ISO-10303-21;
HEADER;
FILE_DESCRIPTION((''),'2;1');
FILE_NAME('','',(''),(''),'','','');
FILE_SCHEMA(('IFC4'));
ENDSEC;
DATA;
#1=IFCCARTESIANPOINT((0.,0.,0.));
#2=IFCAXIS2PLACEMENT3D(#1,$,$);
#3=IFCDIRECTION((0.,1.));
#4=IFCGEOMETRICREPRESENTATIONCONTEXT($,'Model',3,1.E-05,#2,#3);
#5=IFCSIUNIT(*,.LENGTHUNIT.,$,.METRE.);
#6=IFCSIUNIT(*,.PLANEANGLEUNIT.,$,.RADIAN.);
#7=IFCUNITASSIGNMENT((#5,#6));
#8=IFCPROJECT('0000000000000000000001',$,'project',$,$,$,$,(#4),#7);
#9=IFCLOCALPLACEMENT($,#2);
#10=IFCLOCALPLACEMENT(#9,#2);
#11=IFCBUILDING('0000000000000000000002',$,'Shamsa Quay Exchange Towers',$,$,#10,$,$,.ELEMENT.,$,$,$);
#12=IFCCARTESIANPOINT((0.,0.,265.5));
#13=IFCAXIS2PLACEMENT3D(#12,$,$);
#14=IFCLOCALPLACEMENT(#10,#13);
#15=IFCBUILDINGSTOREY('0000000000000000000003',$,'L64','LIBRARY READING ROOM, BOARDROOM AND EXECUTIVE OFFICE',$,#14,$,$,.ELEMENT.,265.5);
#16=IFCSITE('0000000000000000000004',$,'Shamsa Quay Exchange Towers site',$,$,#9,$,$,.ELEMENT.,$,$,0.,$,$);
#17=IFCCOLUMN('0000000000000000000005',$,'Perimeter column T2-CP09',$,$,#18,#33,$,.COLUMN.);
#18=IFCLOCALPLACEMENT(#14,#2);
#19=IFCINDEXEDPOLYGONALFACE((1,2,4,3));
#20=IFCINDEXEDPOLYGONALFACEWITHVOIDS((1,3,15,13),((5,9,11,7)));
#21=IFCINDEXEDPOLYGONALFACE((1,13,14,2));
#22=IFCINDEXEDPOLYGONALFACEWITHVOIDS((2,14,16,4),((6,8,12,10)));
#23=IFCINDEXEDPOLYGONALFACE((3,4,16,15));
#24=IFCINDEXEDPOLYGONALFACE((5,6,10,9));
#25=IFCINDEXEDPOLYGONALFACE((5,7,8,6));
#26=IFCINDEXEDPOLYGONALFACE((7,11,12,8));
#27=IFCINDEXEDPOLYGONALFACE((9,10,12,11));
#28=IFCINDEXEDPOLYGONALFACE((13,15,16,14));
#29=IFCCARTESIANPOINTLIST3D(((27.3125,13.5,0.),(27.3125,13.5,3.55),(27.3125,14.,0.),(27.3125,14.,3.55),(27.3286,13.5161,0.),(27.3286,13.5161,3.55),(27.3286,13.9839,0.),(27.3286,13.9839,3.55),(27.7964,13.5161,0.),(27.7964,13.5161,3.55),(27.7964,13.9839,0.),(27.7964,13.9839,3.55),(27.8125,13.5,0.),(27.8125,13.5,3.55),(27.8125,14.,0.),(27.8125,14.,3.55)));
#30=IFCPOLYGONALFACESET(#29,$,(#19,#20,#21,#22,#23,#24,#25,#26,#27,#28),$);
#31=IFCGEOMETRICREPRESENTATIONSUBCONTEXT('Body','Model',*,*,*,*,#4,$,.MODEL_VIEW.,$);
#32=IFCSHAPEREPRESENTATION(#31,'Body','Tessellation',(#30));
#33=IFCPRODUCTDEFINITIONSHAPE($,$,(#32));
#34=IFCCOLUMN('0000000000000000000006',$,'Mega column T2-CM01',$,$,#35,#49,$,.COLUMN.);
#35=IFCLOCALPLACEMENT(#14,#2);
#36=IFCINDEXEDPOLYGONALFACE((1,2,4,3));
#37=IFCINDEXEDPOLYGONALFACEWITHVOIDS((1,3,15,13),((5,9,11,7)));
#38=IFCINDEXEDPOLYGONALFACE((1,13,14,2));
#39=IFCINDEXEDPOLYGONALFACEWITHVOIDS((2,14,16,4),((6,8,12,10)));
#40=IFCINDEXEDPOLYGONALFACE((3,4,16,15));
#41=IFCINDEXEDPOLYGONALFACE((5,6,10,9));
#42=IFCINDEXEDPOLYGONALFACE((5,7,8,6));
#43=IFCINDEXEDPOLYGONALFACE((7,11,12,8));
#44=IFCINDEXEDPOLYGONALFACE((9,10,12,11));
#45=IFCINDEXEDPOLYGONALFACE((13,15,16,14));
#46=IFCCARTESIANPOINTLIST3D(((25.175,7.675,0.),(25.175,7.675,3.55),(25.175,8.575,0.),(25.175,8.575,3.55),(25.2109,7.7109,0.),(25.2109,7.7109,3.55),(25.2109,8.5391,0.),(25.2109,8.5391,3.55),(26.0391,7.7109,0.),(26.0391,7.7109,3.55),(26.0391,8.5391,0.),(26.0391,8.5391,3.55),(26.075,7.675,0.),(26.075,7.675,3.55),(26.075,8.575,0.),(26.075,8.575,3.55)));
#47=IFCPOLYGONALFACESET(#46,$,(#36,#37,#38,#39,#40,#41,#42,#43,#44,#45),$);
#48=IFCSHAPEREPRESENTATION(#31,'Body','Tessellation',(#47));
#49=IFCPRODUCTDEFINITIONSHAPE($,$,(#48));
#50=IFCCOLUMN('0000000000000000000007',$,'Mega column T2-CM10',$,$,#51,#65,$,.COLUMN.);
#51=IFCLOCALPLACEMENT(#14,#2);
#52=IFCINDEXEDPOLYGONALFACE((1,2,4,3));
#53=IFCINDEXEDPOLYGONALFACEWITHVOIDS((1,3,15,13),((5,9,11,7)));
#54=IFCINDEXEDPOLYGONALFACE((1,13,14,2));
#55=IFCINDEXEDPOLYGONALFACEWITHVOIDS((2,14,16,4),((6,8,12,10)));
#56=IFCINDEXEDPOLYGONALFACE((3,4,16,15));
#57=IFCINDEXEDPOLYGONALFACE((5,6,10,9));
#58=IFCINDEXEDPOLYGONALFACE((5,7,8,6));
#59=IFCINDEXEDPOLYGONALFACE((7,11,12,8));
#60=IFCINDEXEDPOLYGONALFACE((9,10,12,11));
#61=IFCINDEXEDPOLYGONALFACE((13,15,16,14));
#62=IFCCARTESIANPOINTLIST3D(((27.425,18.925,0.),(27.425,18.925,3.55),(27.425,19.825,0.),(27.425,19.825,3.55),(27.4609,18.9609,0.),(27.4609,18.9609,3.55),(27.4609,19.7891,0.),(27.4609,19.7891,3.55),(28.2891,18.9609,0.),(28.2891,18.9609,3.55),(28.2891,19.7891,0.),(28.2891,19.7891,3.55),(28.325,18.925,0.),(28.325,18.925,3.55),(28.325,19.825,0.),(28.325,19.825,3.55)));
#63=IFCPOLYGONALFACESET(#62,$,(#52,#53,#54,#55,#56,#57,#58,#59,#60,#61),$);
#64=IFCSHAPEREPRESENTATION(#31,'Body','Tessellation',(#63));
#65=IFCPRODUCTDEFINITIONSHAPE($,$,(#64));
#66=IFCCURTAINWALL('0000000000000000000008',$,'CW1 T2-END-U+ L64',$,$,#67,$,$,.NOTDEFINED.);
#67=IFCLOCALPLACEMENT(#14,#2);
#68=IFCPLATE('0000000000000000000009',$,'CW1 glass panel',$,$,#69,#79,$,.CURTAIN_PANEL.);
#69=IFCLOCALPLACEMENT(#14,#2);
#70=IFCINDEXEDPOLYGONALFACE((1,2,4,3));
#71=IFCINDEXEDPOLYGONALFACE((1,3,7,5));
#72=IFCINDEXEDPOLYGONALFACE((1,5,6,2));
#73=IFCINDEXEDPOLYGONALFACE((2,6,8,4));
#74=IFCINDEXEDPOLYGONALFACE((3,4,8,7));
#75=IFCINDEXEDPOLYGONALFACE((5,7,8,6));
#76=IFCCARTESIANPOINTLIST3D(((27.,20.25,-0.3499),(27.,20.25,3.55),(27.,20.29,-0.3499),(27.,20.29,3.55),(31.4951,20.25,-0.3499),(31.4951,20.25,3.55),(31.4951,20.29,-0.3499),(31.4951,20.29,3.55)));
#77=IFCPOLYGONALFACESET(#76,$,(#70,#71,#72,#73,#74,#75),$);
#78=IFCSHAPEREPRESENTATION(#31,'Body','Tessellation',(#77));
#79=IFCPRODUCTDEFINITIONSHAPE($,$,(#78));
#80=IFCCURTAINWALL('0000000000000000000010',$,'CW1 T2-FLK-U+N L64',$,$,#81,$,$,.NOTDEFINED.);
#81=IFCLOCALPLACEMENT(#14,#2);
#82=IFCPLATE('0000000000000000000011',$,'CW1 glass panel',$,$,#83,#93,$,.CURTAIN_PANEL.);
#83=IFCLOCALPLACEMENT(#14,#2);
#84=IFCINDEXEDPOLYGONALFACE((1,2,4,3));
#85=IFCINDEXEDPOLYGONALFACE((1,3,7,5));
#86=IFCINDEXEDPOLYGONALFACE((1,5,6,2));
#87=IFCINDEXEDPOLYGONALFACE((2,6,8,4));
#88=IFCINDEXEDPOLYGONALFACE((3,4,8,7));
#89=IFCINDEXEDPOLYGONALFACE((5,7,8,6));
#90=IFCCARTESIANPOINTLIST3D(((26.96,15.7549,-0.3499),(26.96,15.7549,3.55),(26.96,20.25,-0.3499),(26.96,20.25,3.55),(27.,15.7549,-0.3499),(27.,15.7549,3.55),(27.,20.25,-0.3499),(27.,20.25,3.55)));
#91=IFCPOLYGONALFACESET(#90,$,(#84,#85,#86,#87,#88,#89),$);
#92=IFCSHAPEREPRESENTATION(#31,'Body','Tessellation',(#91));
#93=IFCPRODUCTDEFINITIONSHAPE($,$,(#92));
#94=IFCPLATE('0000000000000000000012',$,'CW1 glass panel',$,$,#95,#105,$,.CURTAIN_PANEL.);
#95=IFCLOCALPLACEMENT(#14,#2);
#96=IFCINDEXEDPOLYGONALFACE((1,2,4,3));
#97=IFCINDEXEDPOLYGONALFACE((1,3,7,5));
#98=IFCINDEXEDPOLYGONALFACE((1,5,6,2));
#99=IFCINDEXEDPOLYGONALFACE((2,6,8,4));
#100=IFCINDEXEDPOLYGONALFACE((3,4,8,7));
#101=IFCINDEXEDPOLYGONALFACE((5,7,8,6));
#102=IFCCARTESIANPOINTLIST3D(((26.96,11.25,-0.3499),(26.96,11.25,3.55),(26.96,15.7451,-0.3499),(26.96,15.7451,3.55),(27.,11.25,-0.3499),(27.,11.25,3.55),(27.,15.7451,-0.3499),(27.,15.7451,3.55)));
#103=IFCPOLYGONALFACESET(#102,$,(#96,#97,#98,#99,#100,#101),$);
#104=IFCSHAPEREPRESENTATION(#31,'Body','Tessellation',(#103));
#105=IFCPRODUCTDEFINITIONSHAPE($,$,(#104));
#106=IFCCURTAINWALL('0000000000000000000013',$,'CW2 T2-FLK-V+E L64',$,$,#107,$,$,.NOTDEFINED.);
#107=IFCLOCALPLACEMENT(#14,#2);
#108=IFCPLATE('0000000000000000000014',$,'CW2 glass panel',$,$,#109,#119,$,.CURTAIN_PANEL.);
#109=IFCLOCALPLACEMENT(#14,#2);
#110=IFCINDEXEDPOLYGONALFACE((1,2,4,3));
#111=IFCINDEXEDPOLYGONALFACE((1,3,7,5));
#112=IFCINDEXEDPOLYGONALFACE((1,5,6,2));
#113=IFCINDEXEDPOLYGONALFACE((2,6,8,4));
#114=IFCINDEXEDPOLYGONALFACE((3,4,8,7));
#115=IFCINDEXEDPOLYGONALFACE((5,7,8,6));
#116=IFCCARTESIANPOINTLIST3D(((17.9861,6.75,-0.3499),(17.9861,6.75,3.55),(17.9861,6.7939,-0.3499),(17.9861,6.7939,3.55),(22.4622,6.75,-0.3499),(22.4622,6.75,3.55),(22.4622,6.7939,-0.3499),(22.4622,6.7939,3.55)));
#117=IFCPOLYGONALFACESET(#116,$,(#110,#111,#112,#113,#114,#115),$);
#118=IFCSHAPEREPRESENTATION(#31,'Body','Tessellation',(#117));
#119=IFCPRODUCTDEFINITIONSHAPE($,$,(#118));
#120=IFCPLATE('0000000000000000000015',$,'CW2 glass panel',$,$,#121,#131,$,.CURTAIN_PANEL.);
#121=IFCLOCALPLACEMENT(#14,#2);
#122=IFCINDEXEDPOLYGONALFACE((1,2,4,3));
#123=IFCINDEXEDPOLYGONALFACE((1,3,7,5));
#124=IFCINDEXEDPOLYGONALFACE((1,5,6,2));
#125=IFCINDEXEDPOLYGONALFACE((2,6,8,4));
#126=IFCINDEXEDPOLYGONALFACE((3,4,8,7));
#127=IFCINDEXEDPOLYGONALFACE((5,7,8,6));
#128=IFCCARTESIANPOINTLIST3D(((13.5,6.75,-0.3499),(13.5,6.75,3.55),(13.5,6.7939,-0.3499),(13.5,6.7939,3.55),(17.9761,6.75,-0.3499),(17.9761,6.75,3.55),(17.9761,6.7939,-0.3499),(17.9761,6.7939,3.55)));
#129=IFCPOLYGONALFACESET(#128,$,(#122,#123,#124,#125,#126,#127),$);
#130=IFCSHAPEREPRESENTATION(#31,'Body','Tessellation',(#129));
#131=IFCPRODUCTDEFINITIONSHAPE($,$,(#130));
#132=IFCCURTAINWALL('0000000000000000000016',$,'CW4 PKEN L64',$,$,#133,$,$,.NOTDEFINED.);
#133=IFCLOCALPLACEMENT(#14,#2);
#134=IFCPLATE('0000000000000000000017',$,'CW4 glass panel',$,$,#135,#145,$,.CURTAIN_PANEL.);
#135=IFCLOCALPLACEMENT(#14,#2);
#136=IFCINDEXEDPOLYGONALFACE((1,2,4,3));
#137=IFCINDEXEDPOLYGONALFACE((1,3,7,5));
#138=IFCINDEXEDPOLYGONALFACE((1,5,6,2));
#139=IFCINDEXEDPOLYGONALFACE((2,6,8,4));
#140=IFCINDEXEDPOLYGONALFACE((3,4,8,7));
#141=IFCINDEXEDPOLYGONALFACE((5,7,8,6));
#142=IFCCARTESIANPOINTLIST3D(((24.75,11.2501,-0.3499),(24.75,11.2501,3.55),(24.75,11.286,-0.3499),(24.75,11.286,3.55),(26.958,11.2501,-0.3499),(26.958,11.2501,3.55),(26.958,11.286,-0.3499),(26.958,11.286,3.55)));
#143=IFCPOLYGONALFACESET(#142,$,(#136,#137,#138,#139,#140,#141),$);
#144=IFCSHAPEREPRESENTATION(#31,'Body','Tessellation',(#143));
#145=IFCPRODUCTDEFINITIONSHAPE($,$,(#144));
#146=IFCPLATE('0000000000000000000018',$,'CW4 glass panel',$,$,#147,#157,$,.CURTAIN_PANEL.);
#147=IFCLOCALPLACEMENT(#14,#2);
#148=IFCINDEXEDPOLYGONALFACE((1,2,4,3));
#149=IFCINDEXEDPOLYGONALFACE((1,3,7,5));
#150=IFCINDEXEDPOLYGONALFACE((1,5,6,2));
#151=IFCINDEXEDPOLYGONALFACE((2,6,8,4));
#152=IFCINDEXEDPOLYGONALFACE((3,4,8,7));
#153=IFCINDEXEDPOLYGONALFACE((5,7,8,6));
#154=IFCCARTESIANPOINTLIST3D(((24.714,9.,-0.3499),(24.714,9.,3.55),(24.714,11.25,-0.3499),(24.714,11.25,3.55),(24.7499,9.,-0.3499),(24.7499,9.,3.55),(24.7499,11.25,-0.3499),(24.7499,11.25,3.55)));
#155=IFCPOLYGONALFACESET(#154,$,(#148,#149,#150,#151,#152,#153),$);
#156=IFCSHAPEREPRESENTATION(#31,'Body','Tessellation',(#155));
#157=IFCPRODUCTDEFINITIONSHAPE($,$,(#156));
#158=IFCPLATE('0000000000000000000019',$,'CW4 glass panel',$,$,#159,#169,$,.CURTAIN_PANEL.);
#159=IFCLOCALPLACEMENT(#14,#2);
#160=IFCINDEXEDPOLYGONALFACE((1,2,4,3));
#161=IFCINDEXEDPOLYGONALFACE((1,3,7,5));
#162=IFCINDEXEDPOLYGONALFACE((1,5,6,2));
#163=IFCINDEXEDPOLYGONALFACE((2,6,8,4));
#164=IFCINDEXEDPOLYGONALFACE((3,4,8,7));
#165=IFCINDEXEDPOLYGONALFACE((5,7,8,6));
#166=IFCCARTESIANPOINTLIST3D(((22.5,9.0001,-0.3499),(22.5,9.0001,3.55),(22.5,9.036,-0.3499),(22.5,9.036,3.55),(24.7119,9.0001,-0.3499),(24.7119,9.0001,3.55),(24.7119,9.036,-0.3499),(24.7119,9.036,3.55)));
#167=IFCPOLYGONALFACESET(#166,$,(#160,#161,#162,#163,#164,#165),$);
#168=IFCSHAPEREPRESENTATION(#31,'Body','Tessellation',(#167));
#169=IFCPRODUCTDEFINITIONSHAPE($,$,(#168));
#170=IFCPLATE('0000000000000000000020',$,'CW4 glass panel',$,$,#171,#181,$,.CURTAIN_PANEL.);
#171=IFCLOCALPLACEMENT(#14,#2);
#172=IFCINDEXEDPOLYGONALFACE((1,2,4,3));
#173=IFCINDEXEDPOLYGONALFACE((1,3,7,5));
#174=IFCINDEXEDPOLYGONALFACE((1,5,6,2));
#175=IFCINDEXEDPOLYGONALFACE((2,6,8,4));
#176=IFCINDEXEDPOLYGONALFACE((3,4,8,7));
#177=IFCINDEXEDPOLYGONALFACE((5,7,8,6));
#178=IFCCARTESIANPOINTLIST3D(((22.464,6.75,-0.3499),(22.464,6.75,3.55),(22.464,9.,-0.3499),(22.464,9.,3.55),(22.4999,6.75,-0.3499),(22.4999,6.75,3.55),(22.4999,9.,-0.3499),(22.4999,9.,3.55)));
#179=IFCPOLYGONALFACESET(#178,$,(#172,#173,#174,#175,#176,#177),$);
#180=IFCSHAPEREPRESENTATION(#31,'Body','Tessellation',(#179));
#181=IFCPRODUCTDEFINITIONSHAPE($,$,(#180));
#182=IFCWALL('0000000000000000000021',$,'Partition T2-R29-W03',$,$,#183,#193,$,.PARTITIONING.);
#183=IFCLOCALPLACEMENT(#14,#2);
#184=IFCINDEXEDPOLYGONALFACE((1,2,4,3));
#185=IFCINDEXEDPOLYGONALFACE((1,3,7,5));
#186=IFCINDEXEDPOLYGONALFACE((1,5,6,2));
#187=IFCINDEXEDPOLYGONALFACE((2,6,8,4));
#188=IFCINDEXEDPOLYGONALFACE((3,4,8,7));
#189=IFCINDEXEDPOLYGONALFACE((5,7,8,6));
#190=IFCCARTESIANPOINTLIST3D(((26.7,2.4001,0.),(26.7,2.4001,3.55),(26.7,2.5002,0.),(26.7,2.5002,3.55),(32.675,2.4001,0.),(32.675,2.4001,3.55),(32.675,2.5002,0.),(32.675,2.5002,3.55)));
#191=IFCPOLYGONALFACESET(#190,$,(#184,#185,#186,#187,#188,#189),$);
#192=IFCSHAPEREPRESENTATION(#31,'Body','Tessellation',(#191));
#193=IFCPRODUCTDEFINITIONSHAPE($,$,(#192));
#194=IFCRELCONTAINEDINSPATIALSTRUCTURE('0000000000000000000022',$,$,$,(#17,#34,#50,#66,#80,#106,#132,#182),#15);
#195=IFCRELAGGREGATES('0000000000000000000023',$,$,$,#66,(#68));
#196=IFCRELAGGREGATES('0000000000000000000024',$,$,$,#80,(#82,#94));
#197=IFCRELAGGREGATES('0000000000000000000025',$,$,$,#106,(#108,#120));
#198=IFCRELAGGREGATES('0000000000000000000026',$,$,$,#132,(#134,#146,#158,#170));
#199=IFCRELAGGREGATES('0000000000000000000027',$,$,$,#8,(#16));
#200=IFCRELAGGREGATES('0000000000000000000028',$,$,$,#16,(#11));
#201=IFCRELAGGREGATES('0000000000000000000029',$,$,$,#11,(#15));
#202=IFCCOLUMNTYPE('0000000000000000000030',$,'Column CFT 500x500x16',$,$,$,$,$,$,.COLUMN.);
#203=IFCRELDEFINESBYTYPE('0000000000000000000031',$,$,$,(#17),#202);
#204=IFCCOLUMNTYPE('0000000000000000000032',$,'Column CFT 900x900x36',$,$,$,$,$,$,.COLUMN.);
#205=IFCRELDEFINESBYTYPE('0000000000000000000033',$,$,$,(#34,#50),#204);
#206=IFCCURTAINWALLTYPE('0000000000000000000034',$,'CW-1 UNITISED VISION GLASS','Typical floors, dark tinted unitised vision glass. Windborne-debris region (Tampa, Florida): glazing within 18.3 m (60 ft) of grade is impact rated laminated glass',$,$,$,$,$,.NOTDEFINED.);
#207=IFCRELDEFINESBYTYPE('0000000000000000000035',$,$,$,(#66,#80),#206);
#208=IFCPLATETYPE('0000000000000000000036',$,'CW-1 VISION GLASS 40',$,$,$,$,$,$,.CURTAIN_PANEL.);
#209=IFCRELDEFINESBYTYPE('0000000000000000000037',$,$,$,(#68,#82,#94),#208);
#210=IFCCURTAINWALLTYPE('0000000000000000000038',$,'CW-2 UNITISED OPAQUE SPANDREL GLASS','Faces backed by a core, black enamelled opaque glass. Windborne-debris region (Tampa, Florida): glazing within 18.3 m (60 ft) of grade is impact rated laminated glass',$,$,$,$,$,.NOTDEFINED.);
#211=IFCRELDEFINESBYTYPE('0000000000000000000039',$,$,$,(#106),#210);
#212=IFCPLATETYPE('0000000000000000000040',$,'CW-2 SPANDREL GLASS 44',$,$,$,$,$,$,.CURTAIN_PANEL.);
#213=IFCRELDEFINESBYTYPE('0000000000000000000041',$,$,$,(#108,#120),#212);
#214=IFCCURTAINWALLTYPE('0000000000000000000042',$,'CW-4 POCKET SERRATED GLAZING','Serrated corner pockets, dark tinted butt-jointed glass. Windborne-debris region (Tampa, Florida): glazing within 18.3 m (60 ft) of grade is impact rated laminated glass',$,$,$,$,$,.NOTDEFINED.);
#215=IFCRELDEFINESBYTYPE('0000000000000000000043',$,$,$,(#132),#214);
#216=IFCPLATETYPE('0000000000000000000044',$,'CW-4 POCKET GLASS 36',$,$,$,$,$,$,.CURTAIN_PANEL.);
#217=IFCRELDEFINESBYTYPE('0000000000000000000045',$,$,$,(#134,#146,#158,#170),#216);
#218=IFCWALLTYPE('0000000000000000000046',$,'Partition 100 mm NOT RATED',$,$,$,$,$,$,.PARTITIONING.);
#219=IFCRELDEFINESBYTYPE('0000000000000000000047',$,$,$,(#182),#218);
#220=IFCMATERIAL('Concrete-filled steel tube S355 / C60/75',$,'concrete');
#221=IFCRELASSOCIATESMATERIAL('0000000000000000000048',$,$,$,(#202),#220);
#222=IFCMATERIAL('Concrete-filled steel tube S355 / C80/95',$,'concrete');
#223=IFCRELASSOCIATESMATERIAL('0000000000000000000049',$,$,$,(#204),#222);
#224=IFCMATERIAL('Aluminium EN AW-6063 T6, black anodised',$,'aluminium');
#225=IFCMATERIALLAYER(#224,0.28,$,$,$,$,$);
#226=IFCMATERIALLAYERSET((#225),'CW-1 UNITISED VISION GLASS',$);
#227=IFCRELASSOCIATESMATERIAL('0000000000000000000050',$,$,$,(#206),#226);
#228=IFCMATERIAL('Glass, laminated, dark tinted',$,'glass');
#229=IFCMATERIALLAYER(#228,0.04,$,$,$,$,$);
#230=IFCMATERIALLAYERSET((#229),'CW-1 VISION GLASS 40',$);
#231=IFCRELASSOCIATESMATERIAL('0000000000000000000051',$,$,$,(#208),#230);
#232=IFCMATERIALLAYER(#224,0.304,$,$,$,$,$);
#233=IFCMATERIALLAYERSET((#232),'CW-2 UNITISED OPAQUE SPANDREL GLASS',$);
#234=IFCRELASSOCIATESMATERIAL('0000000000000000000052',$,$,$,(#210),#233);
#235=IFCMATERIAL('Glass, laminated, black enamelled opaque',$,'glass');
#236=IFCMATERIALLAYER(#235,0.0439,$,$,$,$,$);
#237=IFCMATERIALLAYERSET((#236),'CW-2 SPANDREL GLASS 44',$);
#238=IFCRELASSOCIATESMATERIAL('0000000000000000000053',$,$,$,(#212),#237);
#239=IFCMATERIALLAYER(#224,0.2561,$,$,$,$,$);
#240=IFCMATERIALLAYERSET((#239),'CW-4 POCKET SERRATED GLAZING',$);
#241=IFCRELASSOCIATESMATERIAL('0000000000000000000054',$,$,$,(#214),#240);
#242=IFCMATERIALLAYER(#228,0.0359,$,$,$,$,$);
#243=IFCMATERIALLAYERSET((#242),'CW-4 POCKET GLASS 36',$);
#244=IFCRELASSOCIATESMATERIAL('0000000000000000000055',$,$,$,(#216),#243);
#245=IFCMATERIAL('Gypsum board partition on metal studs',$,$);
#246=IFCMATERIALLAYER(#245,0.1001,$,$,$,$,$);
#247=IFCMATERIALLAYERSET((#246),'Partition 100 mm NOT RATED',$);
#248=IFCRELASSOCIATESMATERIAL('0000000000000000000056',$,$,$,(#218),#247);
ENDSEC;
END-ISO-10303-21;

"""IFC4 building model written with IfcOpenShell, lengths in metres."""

from ifc_helpers import new_model, si_unit, direction, frame, frame_2d, origin, origin_2d, place, context, subcontext, project, spatial, rectangle, hollow_rectangle, extrude, material, layer, layer_set, material_profile, profile_set, type_object, element, aggregate, save


model = new_model("IFC4")

# Units and contexts
model_context = context("Model", 3, precision=1e-05, world=origin(), true_north=direction((0.0, 1.0)))
body_context = subcontext(model_context, "Body", "Model", "MODEL_VIEW")
ifc_project = project(units=[si_unit("LENGTHUNIT", "METRE"), si_unit("PLANEANGLEUNIT", "RADIAN")], contexts=[model_context])

# Site, building, storey
site_placement = place(None, origin())
site = spatial("IfcSite", under=ifc_project, at=site_placement, Name="Shamsa Quay Exchange Towers site", CompositionType="ELEMENT", RefElevation=0.0)
building_placement = place(site_placement, origin())
building = spatial("IfcBuilding", under=site, at=building_placement, Name="Shamsa Quay Exchange Towers", CompositionType="ELEMENT")
storey_placement = place(building_placement, frame((0.0, 0.0, 265.5)))
storey = spatial("IfcBuildingStorey", under=building, at=storey_placement, Name="L64", Description="LIBRARY READING ROOM, BOARDROOM AND EXECUTIVE OFFICE", CompositionType="ELEMENT", Elevation=265.5)

# Columns
ifc_material_1 = material(Name="Concrete-filled steel tube S355 / C60/75", Category="concrete")
ifc_material_profile_1 = material_profile(ifc_material_1, hollow_rectangle(XDim=0.5, YDim=0.5, WallThickness=0.0161, at=origin_2d()), Name="CFT 500x500x16")
ifc_profile_set_1 = profile_set([ifc_material_profile_1], Name="Concrete-filled steel tube S355 / C60/75")
column_type_1 = type_object("IfcColumnType", Name="Column CFT 500x500x16", PredefinedType="COLUMN", material=ifc_profile_set_1)
column_placement = place(storey_placement, frame((27.5625, 13.75, 0.0)))
element("IfcColumn", 1, at=column_placement, inside=storey, type_object=column_type_1, Name="Perimeter column T2-CP09", PredefinedType="COLUMN", context=body_context, shape_type="SweptSolid", body=[
    extrude(hollow_rectangle(XDim=0.5, YDim=0.5, WallThickness=0.0161, at=origin_2d()), origin(), (0.0, 0.0, 1.0), 3.55),
])
ifc_material_2 = material(Name="Concrete-filled steel tube S355 / C80/95", Category="concrete")
ifc_material_profile_2 = material_profile(ifc_material_2, hollow_rectangle(XDim=0.8999, YDim=0.8999, WallThickness=0.0359, at=origin_2d()), Name="CFT 900x900x36")
ifc_profile_set_2 = profile_set([ifc_material_profile_2], Name="Concrete-filled steel tube S355 / C80/95")
column_type_2 = type_object("IfcColumnType", Name="Column CFT 900x900x36", PredefinedType="COLUMN", material=ifc_profile_set_2)
for number, where, name in (
    (2, (25.625, 8.125, 0.0), "Mega column T2-CM01"),
    (3, (27.875, 19.375, 0.0), "Mega column T2-CM10"),
):
    element("IfcColumn", number, at=place(storey_placement, frame(where)), inside=storey, type_object=column_type_2, Name=name, PredefinedType="COLUMN", context=body_context, shape_type="SweptSolid", body=[
        extrude(hollow_rectangle(XDim=0.8999, YDim=0.8999, WallThickness=0.0359, at=origin_2d()), origin(), (0.0, 0.0, 1.0), 3.55),
    ])

# Curtain wall, plate
ifc_material_3 = material(Name="Aluminium EN AW-6063 T6, black anodised", Category="aluminium")
ifc_layer_1 = layer(ifc_material_3, 0.28)
ifc_layer_set_1 = layer_set([ifc_layer_1], Name="CW-1 UNITISED VISION GLASS")
curtain_wall_type_1 = type_object("IfcCurtainWallType", Name="CW-1 UNITISED VISION GLASS", Description="Typical floors, dark tinted unitised vision glass. Windborne-debris region (Tampa, Florida): glazing within 18.3 m (60 ft) of grade is impact rated laminated glass", PredefinedType="NOTDEFINED", material=ifc_layer_set_1)
curtain_wall_1_placement = place(storey_placement, origin())
curtain_wall_1 = element("IfcCurtainWall", 4, at=curtain_wall_1_placement, inside=storey, type_object=curtain_wall_type_1, Name="CW1 T2-END-U+ L64", PredefinedType="NOTDEFINED")
ifc_material_4 = material(Name="Glass, laminated, dark tinted", Category="glass")
ifc_layer_2 = layer(ifc_material_4, 0.04)
ifc_layer_set_2 = layer_set([ifc_layer_2], Name="CW-1 VISION GLASS 40")
plate_type_1 = type_object("IfcPlateType", Name="CW-1 VISION GLASS 40", PredefinedType="CURTAIN_PANEL", material=ifc_layer_set_2)
plate_1_placement = place(storey_placement, frame((29.2476, 20.27, -0.3499), z_axis=(0.0, 0.0, 1.0), x_axis=(-1.0, 0.0, 0.0)))
plate_1 = element("IfcPlate", 5, at=plate_1_placement, type_object=plate_type_1, Name="CW1 glass panel", PredefinedType="CURTAIN_PANEL", context=body_context, shape_type="SweptSolid", body=[
    extrude(rectangle(XDim=4.4951, YDim=0.04, at=origin_2d()), origin(), (0.0, 0.0, 1.0), 3.8999),
])
aggregate(curtain_wall_1, [plate_1])

# Curtain walls, plates
curtain_wall_2_placement = place(storey_placement, origin())
curtain_wall_2 = element("IfcCurtainWall", 6, at=curtain_wall_2_placement, inside=storey, type_object=curtain_wall_type_1, Name="CW1 T2-FLK-U+N L64", PredefinedType="NOTDEFINED")
plate_2_placement = place(storey_placement, frame((26.98, 18.0024, -0.3499), z_axis=(0.0, 0.0, 1.0), x_axis=(0.0, -1.0, 0.0)))
plate_2 = element("IfcPlate", 7, at=plate_2_placement, type_object=plate_type_1, Name="CW1 glass panel", PredefinedType="CURTAIN_PANEL", context=body_context, shape_type="SweptSolid", body=[
    extrude(rectangle(XDim=4.4951, YDim=0.04, at=origin_2d()), origin(), (0.0, 0.0, 1.0), 3.8999),
])
plate_3_placement = place(storey_placement, frame((26.98, 13.4976, -0.3499), z_axis=(0.0, 0.0, 1.0), x_axis=(0.0, -1.0, 0.0)))
plate_3 = element("IfcPlate", 8, at=plate_3_placement, type_object=plate_type_1, Name="CW1 glass panel", PredefinedType="CURTAIN_PANEL", context=body_context, shape_type="SweptSolid", body=[
    extrude(rectangle(XDim=4.4951, YDim=0.04, at=origin_2d()), origin(), (0.0, 0.0, 1.0), 3.8999),
])
aggregate(curtain_wall_2, [plate_2, plate_3])
ifc_layer_3 = layer(ifc_material_3, 0.304)
ifc_layer_set_3 = layer_set([ifc_layer_3], Name="CW-2 UNITISED OPAQUE SPANDREL GLASS")
curtain_wall_type_2 = type_object("IfcCurtainWallType", Name="CW-2 UNITISED OPAQUE SPANDREL GLASS", Description="Faces backed by a core, black enamelled opaque glass. Windborne-debris region (Tampa, Florida): glazing within 18.3 m (60 ft) of grade is impact rated laminated glass", PredefinedType="NOTDEFINED", material=ifc_layer_set_3)
curtain_wall_3_placement = place(storey_placement, origin())
curtain_wall_3 = element("IfcCurtainWall", 9, at=curtain_wall_3_placement, inside=storey, type_object=curtain_wall_type_2, Name="CW2 T2-FLK-V+E L64", PredefinedType="NOTDEFINED")
ifc_material_5 = material(Name="Glass, laminated, black enamelled opaque", Category="glass")
ifc_layer_4 = layer(ifc_material_5, 0.0439)
ifc_layer_set_4 = layer_set([ifc_layer_4], Name="CW-2 SPANDREL GLASS 44")
plate_type_2 = type_object("IfcPlateType", Name="CW-2 SPANDREL GLASS 44", PredefinedType="CURTAIN_PANEL", material=ifc_layer_set_4)
plate_4_placement = place(storey_placement, frame((20.2241, 6.772, -0.3499), z_axis=(0.0, 0.0, 1.0), x_axis=(-1.0, 0.0, 0.0)))
plate_4 = element("IfcPlate", 10, at=plate_4_placement, type_object=plate_type_2, Name="CW2 glass panel", PredefinedType="CURTAIN_PANEL", context=body_context, shape_type="SweptSolid", body=[
    extrude(rectangle(XDim=4.4761, YDim=0.0439, at=origin_2d()), origin(), (0.0, 0.0, 1.0), 3.8999),
])
plate_5_placement = place(storey_placement, frame((15.738, 6.772, -0.3499), z_axis=(0.0, 0.0, 1.0), x_axis=(-1.0, 0.0, 0.0)))
plate_5 = element("IfcPlate", 11, at=plate_5_placement, type_object=plate_type_2, Name="CW2 glass panel", PredefinedType="CURTAIN_PANEL", context=body_context, shape_type="SweptSolid", body=[
    extrude(rectangle(XDim=4.4761, YDim=0.0439, at=origin_2d()), origin(), (0.0, 0.0, 1.0), 3.8999),
])
aggregate(curtain_wall_3, [plate_4, plate_5])
ifc_layer_5 = layer(ifc_material_3, 0.2561)
ifc_layer_set_5 = layer_set([ifc_layer_5], Name="CW-4 POCKET SERRATED GLAZING")
curtain_wall_type_3 = type_object("IfcCurtainWallType", Name="CW-4 POCKET SERRATED GLAZING", Description="Serrated corner pockets, dark tinted butt-jointed glass. Windborne-debris region (Tampa, Florida): glazing within 18.3 m (60 ft) of grade is impact rated laminated glass", PredefinedType="NOTDEFINED", material=ifc_layer_set_5)
curtain_wall_4_placement = place(storey_placement, origin())
curtain_wall_4 = element("IfcCurtainWall", 12, at=curtain_wall_4_placement, inside=storey, type_object=curtain_wall_type_3, Name="CW4 PKEN L64", PredefinedType="NOTDEFINED")
ifc_layer_6 = layer(ifc_material_4, 0.0359)
ifc_layer_set_6 = layer_set([ifc_layer_6], Name="CW-4 POCKET GLASS 36")
plate_type_3 = type_object("IfcPlateType", Name="CW-4 POCKET GLASS 36", PredefinedType="CURTAIN_PANEL", material=ifc_layer_set_6)
plate_6_placement = place(storey_placement, frame((25.854, 11.2681, -0.3499), z_axis=(0.0, 0.0, 1.0), x_axis=(-1.0, 0.0, 0.0)))
plate_6 = element("IfcPlate", 13, at=plate_6_placement, type_object=plate_type_3, Name="CW4 glass panel", PredefinedType="CURTAIN_PANEL", context=body_context, shape_type="SweptSolid", body=[
    extrude(rectangle(XDim=2.208, YDim=0.0359, at=origin_2d()), origin(), (0.0, 0.0, 1.0), 3.8999),
])
plate_7_placement = place(storey_placement, frame((24.7319, 10.125, -0.3499), z_axis=(0.0, 0.0, 1.0), x_axis=(0.0, -1.0, 0.0)))
plate_7 = element("IfcPlate", 14, at=plate_7_placement, type_object=plate_type_3, Name="CW4 glass panel", PredefinedType="CURTAIN_PANEL", context=body_context, shape_type="SweptSolid", body=[
    extrude(rectangle(XDim=2.25, YDim=0.0359, at=origin_2d()), origin(), (0.0, 0.0, 1.0), 3.8999),
])
plate_8_placement = place(storey_placement, frame((23.606, 9.0181, -0.3499), z_axis=(0.0, 0.0, 1.0), x_axis=(-1.0, 0.0, 0.0)))
plate_8 = element("IfcPlate", 15, at=plate_8_placement, type_object=plate_type_3, Name="CW4 glass panel", PredefinedType="CURTAIN_PANEL", context=body_context, shape_type="SweptSolid", body=[
    extrude(rectangle(XDim=2.2119, YDim=0.0359, at=origin_2d()), origin(), (0.0, 0.0, 1.0), 3.8999),
])
plate_9_placement = place(storey_placement, frame((22.4819, 7.875, -0.3499), z_axis=(0.0, 0.0, 1.0), x_axis=(0.0, -1.0, 0.0)))
plate_9 = element("IfcPlate", 16, at=plate_9_placement, type_object=plate_type_3, Name="CW4 glass panel", PredefinedType="CURTAIN_PANEL", context=body_context, shape_type="SweptSolid", body=[
    extrude(rectangle(XDim=2.25, YDim=0.0359, at=origin_2d()), origin(), (0.0, 0.0, 1.0), 3.8999),
])
aggregate(curtain_wall_4, [plate_6, plate_7, plate_8, plate_9])

# Wall
ifc_material_6 = material(Name="Gypsum board partition on metal studs")
ifc_layer_7 = layer(ifc_material_6, 0.1001)
ifc_layer_set_7 = layer_set([ifc_layer_7], Name="Partition 100 mm NOT RATED")
wall_type_1 = type_object("IfcWallType", Name="Partition 100 mm NOT RATED", PredefinedType="PARTITIONING", material=ifc_layer_set_7)
wall_1_placement = place(storey_placement, frame((26.7, 2.4502, 0.0)))
element("IfcWall", 17, at=wall_1_placement, inside=storey, type_object=wall_type_1, Name="Partition T2-R29-W03", PredefinedType="PARTITIONING", context=body_context, shape_type="SweptSolid", body=[
    extrude(rectangle(XDim=5.9751, YDim=0.1001, at=frame_2d((2.9875, 0.0))), origin(), (0.0, 0.0, 1.0), 3.55),
])

save(model, "model.ifc")
